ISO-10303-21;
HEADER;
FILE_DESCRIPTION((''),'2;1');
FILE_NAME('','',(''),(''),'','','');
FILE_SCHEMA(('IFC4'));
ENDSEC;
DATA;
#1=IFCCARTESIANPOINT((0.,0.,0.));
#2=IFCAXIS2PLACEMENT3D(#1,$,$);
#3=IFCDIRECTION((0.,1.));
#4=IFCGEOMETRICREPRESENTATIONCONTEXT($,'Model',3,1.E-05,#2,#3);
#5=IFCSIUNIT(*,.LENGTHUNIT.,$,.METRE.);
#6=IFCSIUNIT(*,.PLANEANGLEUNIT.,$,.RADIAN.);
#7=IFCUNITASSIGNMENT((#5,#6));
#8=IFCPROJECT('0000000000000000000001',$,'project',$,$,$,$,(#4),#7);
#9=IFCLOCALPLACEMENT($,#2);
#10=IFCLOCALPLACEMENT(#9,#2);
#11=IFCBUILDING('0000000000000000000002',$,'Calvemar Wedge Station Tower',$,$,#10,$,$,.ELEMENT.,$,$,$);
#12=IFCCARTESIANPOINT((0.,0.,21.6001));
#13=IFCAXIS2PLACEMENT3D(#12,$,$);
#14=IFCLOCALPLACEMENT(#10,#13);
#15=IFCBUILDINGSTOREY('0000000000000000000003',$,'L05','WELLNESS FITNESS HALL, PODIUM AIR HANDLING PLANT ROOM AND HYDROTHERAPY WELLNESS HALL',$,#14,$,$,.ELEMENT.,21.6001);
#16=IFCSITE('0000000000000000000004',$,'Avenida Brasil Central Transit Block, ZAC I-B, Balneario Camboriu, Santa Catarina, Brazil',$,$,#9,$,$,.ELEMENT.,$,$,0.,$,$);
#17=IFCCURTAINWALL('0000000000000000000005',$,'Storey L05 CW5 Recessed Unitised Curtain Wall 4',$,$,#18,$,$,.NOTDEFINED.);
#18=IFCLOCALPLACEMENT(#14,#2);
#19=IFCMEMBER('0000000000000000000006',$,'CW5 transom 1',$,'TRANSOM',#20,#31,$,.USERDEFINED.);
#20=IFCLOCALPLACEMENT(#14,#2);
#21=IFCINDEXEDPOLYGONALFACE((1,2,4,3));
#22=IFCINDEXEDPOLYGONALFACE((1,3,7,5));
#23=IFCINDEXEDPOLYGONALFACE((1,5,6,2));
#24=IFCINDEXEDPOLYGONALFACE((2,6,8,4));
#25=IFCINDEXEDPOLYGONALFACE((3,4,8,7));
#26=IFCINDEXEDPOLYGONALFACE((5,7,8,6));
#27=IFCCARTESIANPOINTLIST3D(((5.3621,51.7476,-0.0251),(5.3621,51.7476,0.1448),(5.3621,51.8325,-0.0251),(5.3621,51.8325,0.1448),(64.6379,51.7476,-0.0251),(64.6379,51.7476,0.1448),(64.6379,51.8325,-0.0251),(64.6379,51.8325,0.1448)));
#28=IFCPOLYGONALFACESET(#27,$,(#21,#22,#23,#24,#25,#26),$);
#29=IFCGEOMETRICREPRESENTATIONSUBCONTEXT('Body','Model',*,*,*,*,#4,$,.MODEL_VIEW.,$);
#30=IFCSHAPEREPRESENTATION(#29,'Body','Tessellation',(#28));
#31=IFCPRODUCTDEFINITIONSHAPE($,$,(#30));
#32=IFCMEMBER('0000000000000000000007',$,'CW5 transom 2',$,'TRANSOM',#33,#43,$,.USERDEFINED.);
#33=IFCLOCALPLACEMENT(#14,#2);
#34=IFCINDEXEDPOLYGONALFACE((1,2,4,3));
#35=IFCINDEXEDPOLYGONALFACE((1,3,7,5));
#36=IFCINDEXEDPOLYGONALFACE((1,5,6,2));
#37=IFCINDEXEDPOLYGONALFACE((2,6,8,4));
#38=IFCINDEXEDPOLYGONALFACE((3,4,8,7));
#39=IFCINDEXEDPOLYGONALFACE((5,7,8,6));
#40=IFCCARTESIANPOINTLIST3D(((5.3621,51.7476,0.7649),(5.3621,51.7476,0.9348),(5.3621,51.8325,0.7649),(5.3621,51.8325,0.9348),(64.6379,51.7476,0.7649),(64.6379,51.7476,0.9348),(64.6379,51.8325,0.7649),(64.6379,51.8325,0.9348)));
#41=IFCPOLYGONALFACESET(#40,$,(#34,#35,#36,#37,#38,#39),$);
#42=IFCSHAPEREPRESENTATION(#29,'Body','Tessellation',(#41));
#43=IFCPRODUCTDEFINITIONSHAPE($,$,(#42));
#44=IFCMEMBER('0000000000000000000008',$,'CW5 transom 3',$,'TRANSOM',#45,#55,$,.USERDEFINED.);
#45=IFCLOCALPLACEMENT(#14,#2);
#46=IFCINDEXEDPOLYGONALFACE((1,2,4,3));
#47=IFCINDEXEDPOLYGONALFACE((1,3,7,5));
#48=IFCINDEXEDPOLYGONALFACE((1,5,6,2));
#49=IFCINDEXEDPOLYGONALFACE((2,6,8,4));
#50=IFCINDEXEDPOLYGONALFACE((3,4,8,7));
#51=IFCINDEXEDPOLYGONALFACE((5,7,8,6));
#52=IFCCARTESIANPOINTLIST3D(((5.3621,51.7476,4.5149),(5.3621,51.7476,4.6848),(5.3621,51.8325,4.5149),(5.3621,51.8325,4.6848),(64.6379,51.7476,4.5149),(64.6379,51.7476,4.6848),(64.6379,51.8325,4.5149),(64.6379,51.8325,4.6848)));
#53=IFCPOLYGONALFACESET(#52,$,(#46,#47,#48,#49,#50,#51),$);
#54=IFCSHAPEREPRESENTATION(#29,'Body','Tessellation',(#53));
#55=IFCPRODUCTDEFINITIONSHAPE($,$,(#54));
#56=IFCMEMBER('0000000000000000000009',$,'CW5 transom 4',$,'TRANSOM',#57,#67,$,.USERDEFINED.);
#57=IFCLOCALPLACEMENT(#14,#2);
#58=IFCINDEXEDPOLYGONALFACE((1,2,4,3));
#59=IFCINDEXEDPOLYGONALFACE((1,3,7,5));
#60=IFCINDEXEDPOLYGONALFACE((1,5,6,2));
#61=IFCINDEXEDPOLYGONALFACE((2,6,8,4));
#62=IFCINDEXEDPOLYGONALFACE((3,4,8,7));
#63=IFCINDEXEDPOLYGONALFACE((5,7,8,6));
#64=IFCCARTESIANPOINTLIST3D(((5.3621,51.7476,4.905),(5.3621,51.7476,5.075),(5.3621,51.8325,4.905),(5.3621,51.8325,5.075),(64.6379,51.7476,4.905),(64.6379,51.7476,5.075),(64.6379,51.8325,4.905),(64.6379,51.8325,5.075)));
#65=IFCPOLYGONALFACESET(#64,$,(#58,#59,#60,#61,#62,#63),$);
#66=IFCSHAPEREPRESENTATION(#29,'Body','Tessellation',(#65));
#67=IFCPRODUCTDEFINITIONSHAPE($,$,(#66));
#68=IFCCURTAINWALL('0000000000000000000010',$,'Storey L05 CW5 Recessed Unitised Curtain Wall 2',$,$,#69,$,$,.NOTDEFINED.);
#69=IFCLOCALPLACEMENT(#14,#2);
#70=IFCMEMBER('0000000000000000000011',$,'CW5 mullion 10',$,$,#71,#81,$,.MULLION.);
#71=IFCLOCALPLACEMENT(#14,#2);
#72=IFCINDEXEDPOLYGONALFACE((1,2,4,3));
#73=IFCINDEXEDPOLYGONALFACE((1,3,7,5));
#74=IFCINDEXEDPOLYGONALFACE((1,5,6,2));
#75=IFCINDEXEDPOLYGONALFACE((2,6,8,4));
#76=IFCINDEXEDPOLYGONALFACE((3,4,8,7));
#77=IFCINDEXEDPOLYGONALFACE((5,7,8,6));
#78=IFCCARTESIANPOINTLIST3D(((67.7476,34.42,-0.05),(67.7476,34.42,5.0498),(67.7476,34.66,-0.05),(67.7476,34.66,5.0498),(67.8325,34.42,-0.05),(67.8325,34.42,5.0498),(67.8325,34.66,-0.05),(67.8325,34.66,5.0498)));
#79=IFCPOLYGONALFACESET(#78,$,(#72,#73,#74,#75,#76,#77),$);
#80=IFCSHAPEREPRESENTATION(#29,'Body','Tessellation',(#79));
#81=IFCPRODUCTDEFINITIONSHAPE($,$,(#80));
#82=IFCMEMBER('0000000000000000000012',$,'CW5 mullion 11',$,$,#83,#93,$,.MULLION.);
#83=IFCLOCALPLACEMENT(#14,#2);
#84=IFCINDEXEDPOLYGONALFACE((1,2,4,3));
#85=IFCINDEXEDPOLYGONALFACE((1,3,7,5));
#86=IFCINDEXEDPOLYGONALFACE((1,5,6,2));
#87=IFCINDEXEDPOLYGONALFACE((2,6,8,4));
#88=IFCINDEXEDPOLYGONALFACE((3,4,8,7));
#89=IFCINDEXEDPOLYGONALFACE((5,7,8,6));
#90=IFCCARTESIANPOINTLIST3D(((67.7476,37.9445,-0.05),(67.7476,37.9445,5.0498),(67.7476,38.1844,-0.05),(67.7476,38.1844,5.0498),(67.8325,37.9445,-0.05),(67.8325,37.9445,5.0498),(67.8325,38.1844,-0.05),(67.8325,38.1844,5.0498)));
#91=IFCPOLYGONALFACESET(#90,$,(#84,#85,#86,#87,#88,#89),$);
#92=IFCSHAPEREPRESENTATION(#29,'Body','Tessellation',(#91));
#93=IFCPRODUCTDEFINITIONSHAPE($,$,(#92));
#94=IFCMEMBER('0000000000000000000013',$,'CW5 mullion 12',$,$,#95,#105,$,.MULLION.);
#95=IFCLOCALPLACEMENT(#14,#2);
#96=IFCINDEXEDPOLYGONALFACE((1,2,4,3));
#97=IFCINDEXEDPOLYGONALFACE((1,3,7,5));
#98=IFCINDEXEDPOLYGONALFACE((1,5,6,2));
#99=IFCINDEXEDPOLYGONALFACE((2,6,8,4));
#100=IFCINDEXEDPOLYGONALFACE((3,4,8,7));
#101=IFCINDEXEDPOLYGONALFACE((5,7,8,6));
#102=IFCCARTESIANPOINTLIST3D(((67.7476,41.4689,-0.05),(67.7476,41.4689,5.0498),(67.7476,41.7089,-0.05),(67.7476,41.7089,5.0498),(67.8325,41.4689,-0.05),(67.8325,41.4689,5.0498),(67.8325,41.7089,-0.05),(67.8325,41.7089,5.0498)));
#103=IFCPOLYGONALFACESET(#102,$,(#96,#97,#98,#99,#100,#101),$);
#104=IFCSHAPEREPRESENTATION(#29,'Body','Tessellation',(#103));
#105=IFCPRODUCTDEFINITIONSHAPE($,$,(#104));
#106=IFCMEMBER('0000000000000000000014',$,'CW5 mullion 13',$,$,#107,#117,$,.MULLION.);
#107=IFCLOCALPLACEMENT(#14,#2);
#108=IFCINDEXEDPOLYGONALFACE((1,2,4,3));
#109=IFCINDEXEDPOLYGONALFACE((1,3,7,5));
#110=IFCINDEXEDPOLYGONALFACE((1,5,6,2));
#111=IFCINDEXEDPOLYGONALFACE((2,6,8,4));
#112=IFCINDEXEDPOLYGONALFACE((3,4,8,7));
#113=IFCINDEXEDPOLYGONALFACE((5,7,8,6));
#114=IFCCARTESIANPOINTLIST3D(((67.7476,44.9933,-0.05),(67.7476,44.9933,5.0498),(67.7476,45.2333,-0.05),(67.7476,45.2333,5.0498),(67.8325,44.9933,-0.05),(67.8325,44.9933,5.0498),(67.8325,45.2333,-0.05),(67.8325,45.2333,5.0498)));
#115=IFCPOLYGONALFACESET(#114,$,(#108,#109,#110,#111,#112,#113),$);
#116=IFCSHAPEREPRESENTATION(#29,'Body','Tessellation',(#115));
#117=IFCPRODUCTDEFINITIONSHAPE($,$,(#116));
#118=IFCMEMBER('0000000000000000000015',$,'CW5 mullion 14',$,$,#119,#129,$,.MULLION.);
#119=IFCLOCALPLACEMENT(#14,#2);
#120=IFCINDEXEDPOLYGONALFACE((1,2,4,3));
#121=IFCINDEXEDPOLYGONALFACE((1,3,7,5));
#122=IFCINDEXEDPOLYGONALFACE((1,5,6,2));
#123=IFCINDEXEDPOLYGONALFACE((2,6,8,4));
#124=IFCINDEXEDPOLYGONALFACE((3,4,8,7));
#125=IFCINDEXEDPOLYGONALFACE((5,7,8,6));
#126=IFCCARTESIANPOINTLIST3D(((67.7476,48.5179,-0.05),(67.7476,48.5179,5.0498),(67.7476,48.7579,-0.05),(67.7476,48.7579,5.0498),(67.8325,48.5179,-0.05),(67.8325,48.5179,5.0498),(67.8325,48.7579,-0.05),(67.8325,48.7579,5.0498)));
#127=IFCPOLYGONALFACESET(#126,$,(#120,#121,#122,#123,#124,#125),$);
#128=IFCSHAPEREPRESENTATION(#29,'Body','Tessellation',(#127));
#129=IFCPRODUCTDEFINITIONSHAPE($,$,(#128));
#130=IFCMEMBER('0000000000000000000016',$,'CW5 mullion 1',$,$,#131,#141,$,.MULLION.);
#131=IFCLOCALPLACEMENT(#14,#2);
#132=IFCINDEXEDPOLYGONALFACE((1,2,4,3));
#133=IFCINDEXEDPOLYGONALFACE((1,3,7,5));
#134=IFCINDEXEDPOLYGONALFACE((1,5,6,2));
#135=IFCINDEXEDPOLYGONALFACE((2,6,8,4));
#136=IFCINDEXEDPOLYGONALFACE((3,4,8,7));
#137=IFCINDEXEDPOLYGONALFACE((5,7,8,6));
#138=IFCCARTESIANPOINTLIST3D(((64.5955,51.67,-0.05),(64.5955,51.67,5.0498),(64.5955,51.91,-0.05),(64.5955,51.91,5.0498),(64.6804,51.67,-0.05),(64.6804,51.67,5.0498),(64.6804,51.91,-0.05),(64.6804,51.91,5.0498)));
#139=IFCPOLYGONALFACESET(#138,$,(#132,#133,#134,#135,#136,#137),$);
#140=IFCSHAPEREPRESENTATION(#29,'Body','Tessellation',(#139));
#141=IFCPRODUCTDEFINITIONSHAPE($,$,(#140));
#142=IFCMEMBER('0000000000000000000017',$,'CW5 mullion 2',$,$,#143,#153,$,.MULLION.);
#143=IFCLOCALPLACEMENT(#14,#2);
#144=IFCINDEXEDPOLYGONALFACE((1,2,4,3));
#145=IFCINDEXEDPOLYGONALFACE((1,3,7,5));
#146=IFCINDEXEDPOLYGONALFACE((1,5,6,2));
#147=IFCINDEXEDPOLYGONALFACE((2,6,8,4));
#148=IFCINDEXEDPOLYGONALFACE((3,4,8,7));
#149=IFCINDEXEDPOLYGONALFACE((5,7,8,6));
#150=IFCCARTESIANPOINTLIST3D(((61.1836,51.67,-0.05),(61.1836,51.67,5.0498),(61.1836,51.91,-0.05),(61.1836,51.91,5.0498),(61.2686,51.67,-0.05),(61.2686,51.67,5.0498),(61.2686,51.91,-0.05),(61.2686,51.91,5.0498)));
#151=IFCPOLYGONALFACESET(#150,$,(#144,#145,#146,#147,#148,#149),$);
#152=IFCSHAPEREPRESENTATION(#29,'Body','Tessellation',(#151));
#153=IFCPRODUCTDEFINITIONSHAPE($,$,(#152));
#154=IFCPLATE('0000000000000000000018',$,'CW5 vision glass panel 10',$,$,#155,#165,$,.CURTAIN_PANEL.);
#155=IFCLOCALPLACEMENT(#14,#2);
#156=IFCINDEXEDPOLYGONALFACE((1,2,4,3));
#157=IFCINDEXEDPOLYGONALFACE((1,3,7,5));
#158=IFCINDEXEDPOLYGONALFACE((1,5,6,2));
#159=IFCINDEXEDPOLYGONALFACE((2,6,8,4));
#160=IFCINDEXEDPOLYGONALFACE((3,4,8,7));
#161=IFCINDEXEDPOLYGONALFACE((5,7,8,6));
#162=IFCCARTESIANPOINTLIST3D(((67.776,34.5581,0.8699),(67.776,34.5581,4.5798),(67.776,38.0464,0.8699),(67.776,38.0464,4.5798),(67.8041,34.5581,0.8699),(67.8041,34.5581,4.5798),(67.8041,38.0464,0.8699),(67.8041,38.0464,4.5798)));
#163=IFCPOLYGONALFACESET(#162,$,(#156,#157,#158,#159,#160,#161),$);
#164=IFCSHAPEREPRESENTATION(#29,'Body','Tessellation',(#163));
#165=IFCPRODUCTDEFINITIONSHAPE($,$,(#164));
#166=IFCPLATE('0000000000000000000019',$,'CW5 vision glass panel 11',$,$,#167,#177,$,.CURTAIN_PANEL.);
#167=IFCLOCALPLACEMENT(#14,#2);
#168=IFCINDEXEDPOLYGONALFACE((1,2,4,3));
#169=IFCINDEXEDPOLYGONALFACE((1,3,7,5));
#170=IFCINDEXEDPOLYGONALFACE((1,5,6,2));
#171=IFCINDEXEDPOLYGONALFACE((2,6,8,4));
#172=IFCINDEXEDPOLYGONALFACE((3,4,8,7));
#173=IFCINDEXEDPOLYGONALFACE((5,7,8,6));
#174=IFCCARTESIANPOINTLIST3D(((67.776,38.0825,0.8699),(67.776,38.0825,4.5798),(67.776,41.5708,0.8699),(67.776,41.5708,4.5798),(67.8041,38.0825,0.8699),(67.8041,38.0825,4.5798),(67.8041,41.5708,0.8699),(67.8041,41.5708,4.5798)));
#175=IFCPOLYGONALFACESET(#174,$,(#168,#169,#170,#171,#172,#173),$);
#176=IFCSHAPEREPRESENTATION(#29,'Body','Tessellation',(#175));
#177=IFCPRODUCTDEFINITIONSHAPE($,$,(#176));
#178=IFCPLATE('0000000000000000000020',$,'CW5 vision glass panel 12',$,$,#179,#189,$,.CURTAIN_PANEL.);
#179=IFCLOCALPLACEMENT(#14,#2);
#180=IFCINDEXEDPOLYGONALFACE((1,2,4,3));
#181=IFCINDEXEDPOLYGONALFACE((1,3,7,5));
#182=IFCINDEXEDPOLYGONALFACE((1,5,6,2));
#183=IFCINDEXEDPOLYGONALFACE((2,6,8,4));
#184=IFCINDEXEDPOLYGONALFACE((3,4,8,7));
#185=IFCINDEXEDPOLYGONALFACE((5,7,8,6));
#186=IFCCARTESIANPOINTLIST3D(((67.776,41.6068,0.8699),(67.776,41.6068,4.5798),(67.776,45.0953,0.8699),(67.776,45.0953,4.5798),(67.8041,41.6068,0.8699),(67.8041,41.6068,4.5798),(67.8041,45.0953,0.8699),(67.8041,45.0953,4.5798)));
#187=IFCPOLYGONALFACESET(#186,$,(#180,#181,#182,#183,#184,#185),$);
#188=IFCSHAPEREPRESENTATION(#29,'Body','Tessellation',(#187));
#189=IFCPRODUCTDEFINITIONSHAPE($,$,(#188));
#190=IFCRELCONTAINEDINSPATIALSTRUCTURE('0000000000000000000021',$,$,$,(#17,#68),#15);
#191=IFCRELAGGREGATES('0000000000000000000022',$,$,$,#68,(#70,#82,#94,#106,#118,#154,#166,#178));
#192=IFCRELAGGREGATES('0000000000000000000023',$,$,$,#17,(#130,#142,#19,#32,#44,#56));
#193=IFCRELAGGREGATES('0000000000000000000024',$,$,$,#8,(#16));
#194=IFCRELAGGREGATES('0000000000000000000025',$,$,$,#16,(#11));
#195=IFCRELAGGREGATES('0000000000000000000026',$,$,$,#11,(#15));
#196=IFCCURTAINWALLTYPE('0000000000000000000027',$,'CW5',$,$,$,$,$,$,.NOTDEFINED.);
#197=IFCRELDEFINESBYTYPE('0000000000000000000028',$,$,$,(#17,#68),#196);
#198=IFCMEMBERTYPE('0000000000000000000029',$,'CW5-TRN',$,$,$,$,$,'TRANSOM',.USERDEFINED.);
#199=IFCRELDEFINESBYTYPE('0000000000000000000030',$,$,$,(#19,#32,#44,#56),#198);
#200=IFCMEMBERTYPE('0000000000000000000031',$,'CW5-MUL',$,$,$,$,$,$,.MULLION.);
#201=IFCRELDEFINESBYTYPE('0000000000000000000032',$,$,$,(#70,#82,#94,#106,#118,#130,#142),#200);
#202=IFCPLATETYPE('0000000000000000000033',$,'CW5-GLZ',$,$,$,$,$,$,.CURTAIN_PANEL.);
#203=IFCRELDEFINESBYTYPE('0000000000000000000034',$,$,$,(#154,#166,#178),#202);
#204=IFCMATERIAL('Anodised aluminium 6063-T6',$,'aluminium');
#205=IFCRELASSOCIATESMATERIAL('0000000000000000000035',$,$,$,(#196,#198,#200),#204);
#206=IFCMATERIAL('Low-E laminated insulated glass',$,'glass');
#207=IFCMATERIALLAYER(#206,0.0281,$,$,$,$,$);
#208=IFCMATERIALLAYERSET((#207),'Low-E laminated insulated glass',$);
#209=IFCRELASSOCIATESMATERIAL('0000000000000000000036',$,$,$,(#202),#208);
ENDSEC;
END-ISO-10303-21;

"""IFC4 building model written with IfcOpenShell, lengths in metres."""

from ifc_helpers import new_model, si_unit, direction, frame, frame_2d, origin, origin_2d, place, context, subcontext, project, spatial, rectangle, extrude, source, transform, mapped, material, layer, layer_set, material_profile, profile_set, type_object, element, aggregate, save


model = new_model("IFC4")

# Units and contexts
model_context = context("Model", 3, precision=1e-05, world=origin(), true_north=direction((0.0, 1.0)))
body_context = subcontext(model_context, "Body", "Model", "MODEL_VIEW")
ifc_project = project(units=[si_unit("LENGTHUNIT", "METRE"), si_unit("PLANEANGLEUNIT", "RADIAN")], contexts=[model_context])

# Site, building, storey
site_placement = place(None, origin())
site = spatial("IfcSite", under=ifc_project, at=site_placement, Name="Avenida Brasil Central Transit Block, ZAC I-B, Balneario Camboriu, Santa Catarina, Brazil", CompositionType="ELEMENT", RefElevation=0.0)
building_placement = place(site_placement, origin())
building = spatial("IfcBuilding", under=site, at=building_placement, Name="Calvemar Wedge Station Tower", CompositionType="ELEMENT")
storey_placement = place(building_placement, frame((0.0, 0.0, 21.6001)))
storey = spatial("IfcBuildingStorey", under=building, at=storey_placement, Name="L05", Description="WELLNESS FITNESS HALL, PODIUM AIR HANDLING PLANT ROOM AND HYDROTHERAPY WELLNESS HALL", CompositionType="ELEMENT", Elevation=21.6001)

# Curtain walls, members
ifc_material_1 = material(Name="Anodised aluminium 6063-T6", Category="aluminium")
curtain_wall_type = type_object("IfcCurtainWallType", Name="CW5", PredefinedType="NOTDEFINED", material=ifc_material_1)
curtain_wall_1_placement = place(storey_placement, origin())
curtain_wall_1 = element("IfcCurtainWall", 1, at=curtain_wall_1_placement, inside=storey, type_object=curtain_wall_type, Name="Storey L05 CW5 Recessed Unitised Curtain Wall 4", PredefinedType="NOTDEFINED")
ifc_material_profile_1 = material_profile(ifc_material_1, rectangle(XDim=0.085, YDim=0.1699, at=origin_2d()), Name="AL-TRN-85x170")
ifc_profile_set_1 = profile_set([ifc_material_profile_1], Name="Anodised aluminium 6063-T6")
member_type_1 = type_object("IfcMemberType", Name="CW5-TRN", ElementType="TRANSOM", PredefinedType="USERDEFINED", material=ifc_profile_set_1)
shared_shape_1 = source(origin(), body_context, "Body", "SweptSolid", [
    extrude(rectangle(XDim=0.085, YDim=0.1699, at=origin_2d()), origin(), (0.0, 0.0, 1.0), 59.2759),
])
member_1_placement = place(storey_placement, frame((64.6379, 51.79, 0.0598), z_axis=(-1.0, 0.0, 0.0), x_axis=(0.0, -1.0, 0.0)))
member_1 = element("IfcMember", 2, at=member_1_placement, type_object=member_type_1, Name="CW5 transom 1", ObjectType="TRANSOM", PredefinedType="USERDEFINED", context=body_context, shape_type="MappedRepresentation", body=[
    mapped(shared_shape_1, transform((0.0, 0.0, 0.0), scale=1.0)),
])
member_2_placement = place(storey_placement, frame((64.6379, 51.79, 0.8499), z_axis=(-1.0, 0.0, 0.0), x_axis=(0.0, -1.0, 0.0)))
member_2 = element("IfcMember", 3, at=member_2_placement, type_object=member_type_1, Name="CW5 transom 2", ObjectType="TRANSOM", PredefinedType="USERDEFINED", context=body_context, shape_type="MappedRepresentation", body=[
    mapped(shared_shape_1, transform((0.0, 0.0, 0.0), scale=1.0)),
])
member_3_placement = place(storey_placement, frame((64.6379, 51.79, 4.5999), z_axis=(-1.0, 0.0, 0.0), x_axis=(0.0, -1.0, 0.0)))
member_3 = element("IfcMember", 4, at=member_3_placement, type_object=member_type_1, Name="CW5 transom 3", ObjectType="TRANSOM", PredefinedType="USERDEFINED", context=body_context, shape_type="MappedRepresentation", body=[
    mapped(shared_shape_1, transform((0.0, 0.0, 0.0), scale=1.0)),
])
member_4_placement = place(storey_placement, frame((64.6379, 51.79, 4.99), z_axis=(-1.0, 0.0, 0.0), x_axis=(0.0, -1.0, 0.0)))
member_4 = element("IfcMember", 5, at=member_4_placement, type_object=member_type_1, Name="CW5 transom 4", ObjectType="TRANSOM", PredefinedType="USERDEFINED", context=body_context, shape_type="MappedRepresentation", body=[
    mapped(shared_shape_1, transform((0.0, 0.0, 0.0), scale=1.0)),
])
curtain_wall_2_placement = place(storey_placement, origin())
curtain_wall_2 = element("IfcCurtainWall", 6, at=curtain_wall_2_placement, inside=storey, type_object=curtain_wall_type, Name="Storey L05 CW5 Recessed Unitised Curtain Wall 2", PredefinedType="NOTDEFINED")
ifc_material_profile_2 = material_profile(ifc_material_1, rectangle(XDim=0.085, YDim=0.24, at=origin_2d()), Name="AL-MUL-85x240")
ifc_profile_set_2 = profile_set([ifc_material_profile_2], Name="Anodised aluminium 6063-T6")
member_type_2 = type_object("IfcMemberType", Name="CW5-MUL", PredefinedType="MULLION", material=ifc_profile_set_2)
shared_shape_2 = source(origin(), body_context, "Body", "SweptSolid", [
    extrude(rectangle(XDim=0.085, YDim=0.24, at=origin_2d()), origin(), (0.0, 0.0, 1.0), 5.0999),
])
member_5_placement = place(storey_placement, frame((67.79, 34.54, -0.05), z_axis=(0.0, 0.0, 1.0), x_axis=(1.0, 0.0, 0.0)))
member_5 = element("IfcMember", 7, at=member_5_placement, type_object=member_type_2, Name="CW5 mullion 10", PredefinedType="MULLION", context=body_context, shape_type="MappedRepresentation", body=[
    mapped(shared_shape_2, transform((0.0, 0.0, 0.0), scale=1.0)),
])
member_6_placement = place(storey_placement, frame((67.79, 38.0645, -0.05), z_axis=(0.0, 0.0, 1.0), x_axis=(1.0, 0.0, 0.0)))
member_6 = element("IfcMember", 8, at=member_6_placement, type_object=member_type_2, Name="CW5 mullion 11", PredefinedType="MULLION", context=body_context, shape_type="MappedRepresentation", body=[
    mapped(shared_shape_2, transform((0.0, 0.0, 0.0), scale=1.0)),
])
member_7_placement = place(storey_placement, frame((67.79, 41.5889, -0.05), z_axis=(0.0, 0.0, 1.0), x_axis=(1.0, 0.0, 0.0)))
member_7 = element("IfcMember", 9, at=member_7_placement, type_object=member_type_2, Name="CW5 mullion 12", PredefinedType="MULLION", context=body_context, shape_type="MappedRepresentation", body=[
    mapped(shared_shape_2, transform((0.0, 0.0, 0.0), scale=1.0)),
])
member_8_placement = place(storey_placement, frame((67.79, 45.1133, -0.05), z_axis=(0.0, 0.0, 1.0), x_axis=(1.0, 0.0, 0.0)))
member_8 = element("IfcMember", 10, at=member_8_placement, type_object=member_type_2, Name="CW5 mullion 13", PredefinedType="MULLION", context=body_context, shape_type="MappedRepresentation", body=[
    mapped(shared_shape_2, transform((0.0, 0.0, 0.0), scale=1.0)),
])
member_9_placement = place(storey_placement, frame((67.79, 48.6379, -0.05), z_axis=(0.0, 0.0, 1.0), x_axis=(1.0, 0.0, 0.0)))
member_9 = element("IfcMember", 11, at=member_9_placement, type_object=member_type_2, Name="CW5 mullion 14", PredefinedType="MULLION", context=body_context, shape_type="MappedRepresentation", body=[
    mapped(shared_shape_2, transform((0.0, 0.0, 0.0), scale=1.0)),
])

# Members
member_10_placement = place(storey_placement, frame((64.6379, 51.79, -0.05), z_axis=(0.0, 0.0, 1.0), x_axis=(1.0, 0.0, 0.0)))
member_10 = element("IfcMember", 12, at=member_10_placement, type_object=member_type_2, Name="CW5 mullion 1", PredefinedType="MULLION", context=body_context, shape_type="MappedRepresentation", body=[
    mapped(shared_shape_2, transform((0.0, 0.0, 0.0), scale=1.0)),
])
member_11_placement = place(storey_placement, frame((61.2261, 51.79, -0.05), z_axis=(0.0, 0.0, 1.0), x_axis=(1.0, 0.0, 0.0)))
member_11 = element("IfcMember", 13, at=member_11_placement, type_object=member_type_2, Name="CW5 mullion 2", PredefinedType="MULLION", context=body_context, shape_type="MappedRepresentation", body=[
    mapped(shared_shape_2, transform((0.0, 0.0, 0.0), scale=1.0)),
])

# Plates
ifc_material_2 = material(Name="Low-E laminated insulated glass", Category="glass")
ifc_layer_1 = layer(ifc_material_2, 0.0281)
ifc_layer_set_1 = layer_set([ifc_layer_1], Name="Low-E laminated insulated glass")
plate_type_1 = type_object("IfcPlateType", Name="CW5-GLZ", PredefinedType="CURTAIN_PANEL", material=ifc_layer_set_1)
plate_1_placement = place(storey_placement, frame((67.79, 34.5581, 0.8699), z_axis=(0.0, 0.0, 1.0), x_axis=(0.0, 1.0, 0.0)))
plate_1 = element("IfcPlate", 14, at=plate_1_placement, type_object=plate_type_1, Name="CW5 vision glass panel 10", PredefinedType="CURTAIN_PANEL", context=body_context, shape_type="SweptSolid", body=[
    extrude(rectangle(XDim=3.4883, YDim=0.0281, at=frame_2d((1.7441, 0.0))), origin(), (0.0, 0.0, 1.0), 3.71),
])
plate_2_placement = place(storey_placement, frame((67.79, 38.0825, 0.8699), z_axis=(0.0, 0.0, 1.0), x_axis=(0.0, 1.0, 0.0)))
plate_2 = element("IfcPlate", 15, at=plate_2_placement, type_object=plate_type_1, Name="CW5 vision glass panel 11", PredefinedType="CURTAIN_PANEL", context=body_context, shape_type="SweptSolid", body=[
    extrude(rectangle(XDim=3.4883, YDim=0.0281, at=frame_2d((1.7441, 0.0))), origin(), (0.0, 0.0, 1.0), 3.71),
])
plate_3_placement = place(storey_placement, frame((67.79, 41.6069, 0.8699), z_axis=(0.0, 0.0, 1.0), x_axis=(0.0, 1.0, 0.0)))
plate_3 = element("IfcPlate", 16, at=plate_3_placement, type_object=plate_type_1, Name="CW5 vision glass panel 12", PredefinedType="CURTAIN_PANEL", context=body_context, shape_type="SweptSolid", body=[
    extrude(rectangle(XDim=3.4885, YDim=0.0281, at=frame_2d((1.7441, 0.0))), origin(), (0.0, 0.0, 1.0), 3.71),
])
aggregate(curtain_wall_2, [member_5, member_6, member_7, member_8, member_9, plate_1, plate_2, plate_3])
aggregate(curtain_wall_1, [member_10, member_11, member_1, member_2, member_3, member_4])

save(model, "model.ifc")
